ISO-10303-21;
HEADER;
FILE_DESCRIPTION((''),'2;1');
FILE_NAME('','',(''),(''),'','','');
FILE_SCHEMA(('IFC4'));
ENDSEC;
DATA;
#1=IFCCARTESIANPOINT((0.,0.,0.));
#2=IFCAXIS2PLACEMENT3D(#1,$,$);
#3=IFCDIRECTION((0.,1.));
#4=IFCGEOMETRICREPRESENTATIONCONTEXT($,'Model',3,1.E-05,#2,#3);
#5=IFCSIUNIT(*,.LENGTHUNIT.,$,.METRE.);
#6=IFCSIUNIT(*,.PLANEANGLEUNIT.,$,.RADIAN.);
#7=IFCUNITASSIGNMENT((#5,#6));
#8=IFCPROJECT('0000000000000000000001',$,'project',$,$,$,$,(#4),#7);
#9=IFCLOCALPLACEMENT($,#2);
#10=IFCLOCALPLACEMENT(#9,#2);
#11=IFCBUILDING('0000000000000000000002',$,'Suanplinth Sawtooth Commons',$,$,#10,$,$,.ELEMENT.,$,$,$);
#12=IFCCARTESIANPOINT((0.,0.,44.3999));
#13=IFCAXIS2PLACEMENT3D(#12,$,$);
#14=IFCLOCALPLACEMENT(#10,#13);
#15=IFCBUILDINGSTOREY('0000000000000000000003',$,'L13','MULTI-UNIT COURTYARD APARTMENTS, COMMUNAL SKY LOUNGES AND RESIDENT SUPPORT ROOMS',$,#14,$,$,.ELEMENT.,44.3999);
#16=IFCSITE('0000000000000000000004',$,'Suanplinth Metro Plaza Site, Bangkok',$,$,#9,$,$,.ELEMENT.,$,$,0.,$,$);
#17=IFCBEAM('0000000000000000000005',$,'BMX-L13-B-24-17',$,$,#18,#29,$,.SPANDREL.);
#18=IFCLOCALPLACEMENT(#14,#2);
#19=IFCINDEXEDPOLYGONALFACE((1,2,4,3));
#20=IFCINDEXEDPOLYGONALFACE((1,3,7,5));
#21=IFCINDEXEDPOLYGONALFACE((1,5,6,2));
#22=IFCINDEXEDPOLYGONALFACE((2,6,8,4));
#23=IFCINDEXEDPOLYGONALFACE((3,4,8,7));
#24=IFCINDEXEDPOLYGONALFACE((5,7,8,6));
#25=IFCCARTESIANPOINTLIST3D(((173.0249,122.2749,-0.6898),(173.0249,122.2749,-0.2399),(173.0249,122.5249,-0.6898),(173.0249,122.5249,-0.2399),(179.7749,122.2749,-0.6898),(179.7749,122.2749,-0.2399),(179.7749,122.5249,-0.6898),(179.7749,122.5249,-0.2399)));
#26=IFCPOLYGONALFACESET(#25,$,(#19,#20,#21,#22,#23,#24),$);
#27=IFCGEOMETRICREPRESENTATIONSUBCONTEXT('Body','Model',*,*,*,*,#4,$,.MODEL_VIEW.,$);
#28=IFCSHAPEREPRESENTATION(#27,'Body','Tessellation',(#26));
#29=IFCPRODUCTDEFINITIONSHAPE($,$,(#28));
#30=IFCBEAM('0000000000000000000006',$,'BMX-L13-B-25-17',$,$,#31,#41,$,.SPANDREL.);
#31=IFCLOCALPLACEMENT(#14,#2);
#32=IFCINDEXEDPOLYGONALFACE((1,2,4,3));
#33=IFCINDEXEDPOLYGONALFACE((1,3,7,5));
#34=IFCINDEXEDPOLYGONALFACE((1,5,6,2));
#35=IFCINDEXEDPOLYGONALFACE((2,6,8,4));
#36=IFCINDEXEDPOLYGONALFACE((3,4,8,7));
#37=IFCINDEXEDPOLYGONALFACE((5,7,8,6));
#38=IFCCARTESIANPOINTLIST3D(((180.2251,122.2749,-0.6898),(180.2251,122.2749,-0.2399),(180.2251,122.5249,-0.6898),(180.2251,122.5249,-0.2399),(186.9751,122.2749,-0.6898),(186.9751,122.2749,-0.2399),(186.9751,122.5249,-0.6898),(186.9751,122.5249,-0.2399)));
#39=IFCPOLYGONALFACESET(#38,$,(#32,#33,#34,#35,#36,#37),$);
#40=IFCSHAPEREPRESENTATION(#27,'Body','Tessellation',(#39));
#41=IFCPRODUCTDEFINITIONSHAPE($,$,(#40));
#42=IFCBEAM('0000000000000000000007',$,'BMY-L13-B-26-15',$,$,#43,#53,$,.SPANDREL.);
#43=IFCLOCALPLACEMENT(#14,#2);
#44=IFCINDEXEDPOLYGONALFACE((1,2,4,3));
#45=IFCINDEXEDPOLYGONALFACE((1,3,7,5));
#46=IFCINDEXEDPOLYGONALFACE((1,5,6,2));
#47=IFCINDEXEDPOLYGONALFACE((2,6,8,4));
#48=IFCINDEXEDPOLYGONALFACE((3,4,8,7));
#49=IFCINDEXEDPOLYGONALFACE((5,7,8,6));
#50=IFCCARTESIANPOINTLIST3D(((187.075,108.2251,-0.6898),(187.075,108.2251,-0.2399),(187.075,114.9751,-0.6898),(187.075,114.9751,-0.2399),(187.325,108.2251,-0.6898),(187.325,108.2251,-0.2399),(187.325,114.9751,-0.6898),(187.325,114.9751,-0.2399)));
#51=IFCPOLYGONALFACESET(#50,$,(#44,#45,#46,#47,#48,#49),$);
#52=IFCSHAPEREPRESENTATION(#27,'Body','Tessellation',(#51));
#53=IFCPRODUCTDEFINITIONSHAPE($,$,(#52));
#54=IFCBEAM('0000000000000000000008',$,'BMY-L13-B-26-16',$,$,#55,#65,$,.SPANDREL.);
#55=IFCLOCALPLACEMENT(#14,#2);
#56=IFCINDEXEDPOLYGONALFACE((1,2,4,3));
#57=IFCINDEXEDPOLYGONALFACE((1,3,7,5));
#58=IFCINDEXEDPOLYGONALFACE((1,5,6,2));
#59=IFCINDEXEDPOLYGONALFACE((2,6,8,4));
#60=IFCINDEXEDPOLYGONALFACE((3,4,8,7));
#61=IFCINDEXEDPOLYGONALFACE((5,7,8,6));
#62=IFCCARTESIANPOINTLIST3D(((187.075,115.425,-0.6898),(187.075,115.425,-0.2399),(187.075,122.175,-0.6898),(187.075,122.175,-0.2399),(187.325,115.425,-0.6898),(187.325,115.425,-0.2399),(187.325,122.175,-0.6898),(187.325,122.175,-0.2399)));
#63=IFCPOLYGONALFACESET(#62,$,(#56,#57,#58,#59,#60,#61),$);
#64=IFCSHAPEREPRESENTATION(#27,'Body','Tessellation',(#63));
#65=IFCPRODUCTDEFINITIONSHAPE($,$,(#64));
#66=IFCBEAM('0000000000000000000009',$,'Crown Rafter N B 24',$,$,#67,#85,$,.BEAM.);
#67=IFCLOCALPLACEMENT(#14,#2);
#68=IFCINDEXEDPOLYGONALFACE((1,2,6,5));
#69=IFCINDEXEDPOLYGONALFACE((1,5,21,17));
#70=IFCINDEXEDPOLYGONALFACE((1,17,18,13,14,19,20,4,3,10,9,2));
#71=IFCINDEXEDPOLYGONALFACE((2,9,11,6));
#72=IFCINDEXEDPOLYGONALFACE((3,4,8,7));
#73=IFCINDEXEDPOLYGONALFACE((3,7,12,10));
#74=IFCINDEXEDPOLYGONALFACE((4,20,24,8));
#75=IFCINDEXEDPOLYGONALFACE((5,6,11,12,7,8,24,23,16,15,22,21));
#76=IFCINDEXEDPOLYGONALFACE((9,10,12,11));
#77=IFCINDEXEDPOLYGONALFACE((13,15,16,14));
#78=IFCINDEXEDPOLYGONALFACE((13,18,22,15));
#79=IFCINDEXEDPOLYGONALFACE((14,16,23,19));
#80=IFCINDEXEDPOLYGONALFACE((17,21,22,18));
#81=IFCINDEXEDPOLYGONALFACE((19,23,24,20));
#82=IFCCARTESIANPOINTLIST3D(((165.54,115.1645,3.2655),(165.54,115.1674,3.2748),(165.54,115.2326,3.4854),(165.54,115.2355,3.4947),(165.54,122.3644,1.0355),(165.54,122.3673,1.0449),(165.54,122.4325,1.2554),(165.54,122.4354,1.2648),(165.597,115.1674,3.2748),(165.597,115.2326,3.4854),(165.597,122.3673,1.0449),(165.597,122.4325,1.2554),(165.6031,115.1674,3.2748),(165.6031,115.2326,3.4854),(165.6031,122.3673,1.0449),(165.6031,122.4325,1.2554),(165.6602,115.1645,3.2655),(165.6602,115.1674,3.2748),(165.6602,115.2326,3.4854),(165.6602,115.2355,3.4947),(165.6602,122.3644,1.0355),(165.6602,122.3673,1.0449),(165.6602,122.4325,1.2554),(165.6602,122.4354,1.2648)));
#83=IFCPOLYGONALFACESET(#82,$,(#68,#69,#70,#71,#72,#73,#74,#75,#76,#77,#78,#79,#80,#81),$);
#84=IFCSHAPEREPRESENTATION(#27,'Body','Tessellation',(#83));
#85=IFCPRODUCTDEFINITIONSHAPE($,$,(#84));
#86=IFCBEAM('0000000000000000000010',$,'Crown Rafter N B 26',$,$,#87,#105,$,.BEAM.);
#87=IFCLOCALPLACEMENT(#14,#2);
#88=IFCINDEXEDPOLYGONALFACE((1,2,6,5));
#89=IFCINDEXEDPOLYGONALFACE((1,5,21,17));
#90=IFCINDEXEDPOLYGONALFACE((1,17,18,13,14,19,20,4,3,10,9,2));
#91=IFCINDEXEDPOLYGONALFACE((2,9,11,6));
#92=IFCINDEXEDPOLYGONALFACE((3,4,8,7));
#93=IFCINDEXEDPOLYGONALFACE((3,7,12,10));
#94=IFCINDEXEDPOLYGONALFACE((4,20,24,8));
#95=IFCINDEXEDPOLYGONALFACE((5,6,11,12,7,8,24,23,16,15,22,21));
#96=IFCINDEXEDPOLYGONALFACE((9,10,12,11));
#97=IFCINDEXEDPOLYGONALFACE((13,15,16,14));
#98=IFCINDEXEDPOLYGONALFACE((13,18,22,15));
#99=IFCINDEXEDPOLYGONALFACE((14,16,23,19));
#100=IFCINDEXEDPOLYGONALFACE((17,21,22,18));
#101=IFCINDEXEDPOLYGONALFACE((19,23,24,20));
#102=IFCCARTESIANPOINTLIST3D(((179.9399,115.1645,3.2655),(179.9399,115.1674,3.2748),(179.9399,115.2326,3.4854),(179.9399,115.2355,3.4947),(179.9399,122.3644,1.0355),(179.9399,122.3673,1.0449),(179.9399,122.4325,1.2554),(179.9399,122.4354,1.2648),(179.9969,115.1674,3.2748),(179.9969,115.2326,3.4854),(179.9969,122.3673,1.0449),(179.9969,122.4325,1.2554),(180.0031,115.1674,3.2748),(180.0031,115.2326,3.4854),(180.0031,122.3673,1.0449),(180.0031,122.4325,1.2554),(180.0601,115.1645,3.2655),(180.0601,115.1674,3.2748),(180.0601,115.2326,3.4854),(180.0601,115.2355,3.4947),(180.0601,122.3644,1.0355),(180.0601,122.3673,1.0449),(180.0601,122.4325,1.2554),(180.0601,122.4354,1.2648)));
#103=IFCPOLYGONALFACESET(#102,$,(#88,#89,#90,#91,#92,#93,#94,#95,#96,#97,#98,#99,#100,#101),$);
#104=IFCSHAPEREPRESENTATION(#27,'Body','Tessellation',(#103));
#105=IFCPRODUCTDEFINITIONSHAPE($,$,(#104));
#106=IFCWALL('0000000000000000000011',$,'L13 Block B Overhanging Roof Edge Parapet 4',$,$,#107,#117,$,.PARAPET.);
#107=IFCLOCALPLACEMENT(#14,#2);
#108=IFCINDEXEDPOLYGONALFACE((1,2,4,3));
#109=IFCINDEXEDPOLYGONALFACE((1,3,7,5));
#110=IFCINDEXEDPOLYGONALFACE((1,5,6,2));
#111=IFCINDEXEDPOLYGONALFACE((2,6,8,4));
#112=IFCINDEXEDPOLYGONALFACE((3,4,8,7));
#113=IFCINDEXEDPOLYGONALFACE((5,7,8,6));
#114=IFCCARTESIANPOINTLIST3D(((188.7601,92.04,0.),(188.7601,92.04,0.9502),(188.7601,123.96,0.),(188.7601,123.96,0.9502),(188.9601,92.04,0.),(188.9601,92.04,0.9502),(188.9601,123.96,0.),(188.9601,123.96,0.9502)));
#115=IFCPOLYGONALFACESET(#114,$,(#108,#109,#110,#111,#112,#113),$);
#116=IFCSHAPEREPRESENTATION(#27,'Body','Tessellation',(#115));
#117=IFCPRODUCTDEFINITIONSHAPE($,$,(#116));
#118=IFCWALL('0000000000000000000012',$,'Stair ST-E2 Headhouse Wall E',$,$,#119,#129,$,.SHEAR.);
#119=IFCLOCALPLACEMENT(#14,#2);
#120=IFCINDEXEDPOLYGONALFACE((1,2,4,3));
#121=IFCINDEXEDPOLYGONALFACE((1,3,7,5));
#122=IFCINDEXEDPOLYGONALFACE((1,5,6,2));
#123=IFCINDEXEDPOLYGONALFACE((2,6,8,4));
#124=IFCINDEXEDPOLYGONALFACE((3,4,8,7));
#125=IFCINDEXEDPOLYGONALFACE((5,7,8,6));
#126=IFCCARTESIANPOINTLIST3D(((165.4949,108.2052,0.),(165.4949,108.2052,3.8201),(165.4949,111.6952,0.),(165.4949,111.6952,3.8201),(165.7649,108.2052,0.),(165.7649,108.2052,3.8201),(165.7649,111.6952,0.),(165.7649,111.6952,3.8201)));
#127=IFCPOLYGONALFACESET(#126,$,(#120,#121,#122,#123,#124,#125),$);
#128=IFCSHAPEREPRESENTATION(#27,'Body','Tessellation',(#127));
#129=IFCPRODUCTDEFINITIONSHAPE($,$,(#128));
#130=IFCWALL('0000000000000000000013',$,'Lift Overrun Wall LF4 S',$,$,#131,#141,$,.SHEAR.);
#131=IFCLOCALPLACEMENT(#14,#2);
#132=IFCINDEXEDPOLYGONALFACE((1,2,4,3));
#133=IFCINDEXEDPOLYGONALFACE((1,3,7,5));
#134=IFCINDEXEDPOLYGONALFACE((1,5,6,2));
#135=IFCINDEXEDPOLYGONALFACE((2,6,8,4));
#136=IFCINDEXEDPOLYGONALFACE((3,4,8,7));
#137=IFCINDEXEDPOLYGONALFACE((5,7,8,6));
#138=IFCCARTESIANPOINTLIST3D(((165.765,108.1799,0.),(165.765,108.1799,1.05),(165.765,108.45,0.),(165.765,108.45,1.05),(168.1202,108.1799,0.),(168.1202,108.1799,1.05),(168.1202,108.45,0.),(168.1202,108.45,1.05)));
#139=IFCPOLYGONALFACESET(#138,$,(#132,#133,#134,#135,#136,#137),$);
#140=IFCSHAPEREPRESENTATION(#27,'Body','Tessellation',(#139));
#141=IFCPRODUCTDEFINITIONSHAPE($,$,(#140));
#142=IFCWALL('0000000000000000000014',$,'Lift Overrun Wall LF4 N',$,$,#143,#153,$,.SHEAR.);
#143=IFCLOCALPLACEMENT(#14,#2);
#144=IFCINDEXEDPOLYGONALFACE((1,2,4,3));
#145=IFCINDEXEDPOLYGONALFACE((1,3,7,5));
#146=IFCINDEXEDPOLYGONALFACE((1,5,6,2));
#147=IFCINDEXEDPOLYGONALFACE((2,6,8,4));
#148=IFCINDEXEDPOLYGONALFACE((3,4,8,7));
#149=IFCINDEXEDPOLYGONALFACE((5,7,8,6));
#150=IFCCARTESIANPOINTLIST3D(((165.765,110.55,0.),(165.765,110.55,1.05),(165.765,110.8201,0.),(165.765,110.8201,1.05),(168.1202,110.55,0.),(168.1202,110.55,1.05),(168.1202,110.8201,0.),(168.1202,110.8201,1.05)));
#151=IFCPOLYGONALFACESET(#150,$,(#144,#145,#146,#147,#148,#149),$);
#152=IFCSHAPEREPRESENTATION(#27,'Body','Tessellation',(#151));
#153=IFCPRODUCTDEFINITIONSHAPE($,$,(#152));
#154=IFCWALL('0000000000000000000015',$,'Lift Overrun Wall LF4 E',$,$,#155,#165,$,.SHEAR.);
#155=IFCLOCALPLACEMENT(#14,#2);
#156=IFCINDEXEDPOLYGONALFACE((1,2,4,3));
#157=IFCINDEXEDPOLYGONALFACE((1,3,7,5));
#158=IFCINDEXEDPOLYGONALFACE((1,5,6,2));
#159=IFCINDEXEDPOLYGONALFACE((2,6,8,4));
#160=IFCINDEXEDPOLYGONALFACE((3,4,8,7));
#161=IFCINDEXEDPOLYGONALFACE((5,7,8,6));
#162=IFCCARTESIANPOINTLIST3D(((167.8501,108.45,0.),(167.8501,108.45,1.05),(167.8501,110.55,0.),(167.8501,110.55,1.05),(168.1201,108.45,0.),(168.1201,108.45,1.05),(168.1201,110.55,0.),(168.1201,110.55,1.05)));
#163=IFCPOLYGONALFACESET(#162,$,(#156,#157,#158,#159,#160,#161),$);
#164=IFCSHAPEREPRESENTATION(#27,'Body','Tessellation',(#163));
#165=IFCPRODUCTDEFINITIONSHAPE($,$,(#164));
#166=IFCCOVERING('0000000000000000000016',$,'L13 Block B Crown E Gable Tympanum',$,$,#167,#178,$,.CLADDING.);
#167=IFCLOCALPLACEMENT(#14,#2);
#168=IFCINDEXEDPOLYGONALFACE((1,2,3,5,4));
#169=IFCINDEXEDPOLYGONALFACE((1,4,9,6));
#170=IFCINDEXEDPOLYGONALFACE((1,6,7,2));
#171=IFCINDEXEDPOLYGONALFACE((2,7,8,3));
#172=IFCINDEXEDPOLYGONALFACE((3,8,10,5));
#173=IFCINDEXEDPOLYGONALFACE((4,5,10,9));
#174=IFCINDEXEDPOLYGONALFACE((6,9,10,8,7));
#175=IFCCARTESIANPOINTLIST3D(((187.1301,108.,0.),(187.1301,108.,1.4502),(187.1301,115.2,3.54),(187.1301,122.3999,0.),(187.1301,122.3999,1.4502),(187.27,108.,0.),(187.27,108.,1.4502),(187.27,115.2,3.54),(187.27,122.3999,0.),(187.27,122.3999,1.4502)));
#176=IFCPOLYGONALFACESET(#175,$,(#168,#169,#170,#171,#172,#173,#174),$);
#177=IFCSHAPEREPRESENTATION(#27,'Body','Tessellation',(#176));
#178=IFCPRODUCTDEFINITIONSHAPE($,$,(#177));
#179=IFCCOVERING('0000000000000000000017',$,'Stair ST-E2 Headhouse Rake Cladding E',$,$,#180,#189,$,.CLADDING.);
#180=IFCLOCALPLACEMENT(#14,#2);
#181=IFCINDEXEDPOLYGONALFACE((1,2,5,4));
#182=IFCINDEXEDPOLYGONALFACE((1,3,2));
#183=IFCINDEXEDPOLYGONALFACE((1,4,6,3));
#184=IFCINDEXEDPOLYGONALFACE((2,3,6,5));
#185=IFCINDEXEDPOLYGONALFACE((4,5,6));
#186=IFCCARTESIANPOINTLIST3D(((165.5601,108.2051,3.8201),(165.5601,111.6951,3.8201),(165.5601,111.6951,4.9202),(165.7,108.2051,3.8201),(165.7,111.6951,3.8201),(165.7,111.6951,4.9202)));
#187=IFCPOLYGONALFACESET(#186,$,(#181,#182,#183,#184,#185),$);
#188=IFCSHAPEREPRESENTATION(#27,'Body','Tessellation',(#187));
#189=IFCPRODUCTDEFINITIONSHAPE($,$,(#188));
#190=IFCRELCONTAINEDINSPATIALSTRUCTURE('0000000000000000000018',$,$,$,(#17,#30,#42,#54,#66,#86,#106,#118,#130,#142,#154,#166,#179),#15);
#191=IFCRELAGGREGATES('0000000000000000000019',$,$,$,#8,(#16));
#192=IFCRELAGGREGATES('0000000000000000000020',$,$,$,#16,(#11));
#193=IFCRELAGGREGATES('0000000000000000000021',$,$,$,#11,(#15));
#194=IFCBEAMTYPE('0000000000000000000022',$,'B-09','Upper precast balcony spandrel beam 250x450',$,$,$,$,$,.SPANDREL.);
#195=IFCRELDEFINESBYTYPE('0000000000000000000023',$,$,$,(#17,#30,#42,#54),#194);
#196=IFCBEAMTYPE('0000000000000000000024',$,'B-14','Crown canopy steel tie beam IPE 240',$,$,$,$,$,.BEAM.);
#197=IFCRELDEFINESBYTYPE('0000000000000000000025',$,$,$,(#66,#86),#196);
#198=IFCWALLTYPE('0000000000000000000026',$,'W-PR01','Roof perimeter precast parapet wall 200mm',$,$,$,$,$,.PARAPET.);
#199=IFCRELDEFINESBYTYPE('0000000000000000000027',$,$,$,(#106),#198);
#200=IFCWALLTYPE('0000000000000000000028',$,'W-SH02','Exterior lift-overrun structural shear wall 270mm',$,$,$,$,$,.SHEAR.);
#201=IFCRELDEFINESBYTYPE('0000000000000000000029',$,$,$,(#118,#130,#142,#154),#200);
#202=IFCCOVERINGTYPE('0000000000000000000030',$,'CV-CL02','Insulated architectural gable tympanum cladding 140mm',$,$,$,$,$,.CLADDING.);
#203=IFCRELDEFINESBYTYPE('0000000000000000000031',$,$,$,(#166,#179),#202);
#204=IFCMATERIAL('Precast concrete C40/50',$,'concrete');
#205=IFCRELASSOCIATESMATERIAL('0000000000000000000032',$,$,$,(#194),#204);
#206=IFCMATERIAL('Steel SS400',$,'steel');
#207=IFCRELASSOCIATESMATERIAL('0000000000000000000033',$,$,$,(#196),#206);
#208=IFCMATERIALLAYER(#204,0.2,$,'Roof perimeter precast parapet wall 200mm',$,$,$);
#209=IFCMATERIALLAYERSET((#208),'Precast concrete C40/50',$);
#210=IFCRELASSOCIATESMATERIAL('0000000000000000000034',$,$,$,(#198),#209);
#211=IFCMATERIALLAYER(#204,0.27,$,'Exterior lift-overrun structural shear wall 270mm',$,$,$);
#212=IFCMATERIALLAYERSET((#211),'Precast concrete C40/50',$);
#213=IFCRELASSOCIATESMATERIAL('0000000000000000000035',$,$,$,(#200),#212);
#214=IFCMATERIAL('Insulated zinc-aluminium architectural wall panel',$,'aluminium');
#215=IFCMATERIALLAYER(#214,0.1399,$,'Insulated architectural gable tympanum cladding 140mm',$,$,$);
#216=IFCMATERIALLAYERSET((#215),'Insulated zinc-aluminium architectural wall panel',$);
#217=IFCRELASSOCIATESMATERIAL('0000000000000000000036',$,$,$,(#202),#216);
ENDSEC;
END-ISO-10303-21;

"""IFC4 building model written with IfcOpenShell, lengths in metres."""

from ifc_helpers import new_model, si_unit, direction, frame, frame_2d, origin, origin_2d, place, context, subcontext, project, spatial, polyline, rectangle, i_section, outline, extrude, material, layer, layer_set, material_profile, profile_set, type_object, element, save


model = new_model("IFC4")

# Units and contexts
model_context = context("Model", 3, precision=1e-05, world=origin(), true_north=direction((0.0, 1.0)))
body_context = subcontext(model_context, "Body", "Model", "MODEL_VIEW")
ifc_project = project(units=[si_unit("LENGTHUNIT", "METRE"), si_unit("PLANEANGLEUNIT", "RADIAN")], contexts=[model_context])

# Site, building, storey
site_placement = place(None, origin())
site = spatial("IfcSite", under=ifc_project, at=site_placement, Name="Suanplinth Metro Plaza Site, Bangkok", CompositionType="ELEMENT", RefElevation=0.0)
building_placement = place(site_placement, origin())
building = spatial("IfcBuilding", under=site, at=building_placement, Name="Suanplinth Sawtooth Commons", CompositionType="ELEMENT")
storey_placement = place(building_placement, frame((0.0, 0.0, 44.3999)))
storey = spatial("IfcBuildingStorey", under=building, at=storey_placement, Name="L13", Description="MULTI-UNIT COURTYARD APARTMENTS, COMMUNAL SKY LOUNGES AND RESIDENT SUPPORT ROOMS", CompositionType="ELEMENT", Elevation=44.3999)

# Beams
ifc_material_1 = material(Name="Precast concrete C40/50", Category="concrete")
ifc_material_profile_1 = material_profile(ifc_material_1, rectangle(XDim=0.25, YDim=0.45, at=origin_2d()), Name="PC-SP 250x450")
ifc_profile_set_1 = profile_set([ifc_material_profile_1], Name="Precast concrete C40/50")
beam_type_1 = type_object("IfcBeamType", Name="B-09", Description="Upper precast balcony spandrel beam 250x450", PredefinedType="SPANDREL", material=ifc_profile_set_1)
for number, where, z_axis, x_axis, name in (
    (1, (173.0249, 122.3999, -0.4648), (1.0, 0.0, 0.0), (0.0, 1.0, 0.0), "BMX-L13-B-24-17"),
    (2, (180.2251, 122.3999, -0.4648), (1.0, 0.0, 0.0), (0.0, 1.0, 0.0), "BMX-L13-B-25-17"),
    (3, (187.2, 108.2251, -0.4648), (0.0, 1.0, 0.0), (-1.0, 0.0, 0.0), "BMY-L13-B-26-15"),
    (4, (187.2, 115.425, -0.4648), (0.0, 1.0, 0.0), (-1.0, 0.0, 0.0), "BMY-L13-B-26-16"),
):
    element("IfcBeam", number, at=place(storey_placement, frame(where, z_axis=z_axis, x_axis=x_axis)), inside=storey, type_object=beam_type_1, Name=name, PredefinedType="SPANDREL", context=body_context, shape_type="SweptSolid", body=[
        extrude(rectangle(XDim=0.25, YDim=0.45, at=origin_2d()), origin(), (0.0, 0.0, 1.0), 6.75),
    ])
ifc_material_2 = material(Name="Steel SS400", Category="steel")
ifc_material_profile_2 = material_profile(ifc_material_2, i_section(OverallWidth=0.1201, OverallDepth=0.24, WebThickness=0.0061, FlangeThickness=0.0098, at=origin_2d()), Name="IPE 240")
ifc_profile_set_2 = profile_set([ifc_material_profile_2], Name="Steel SS400")
beam_type_2 = type_object("IfcBeamType", Name="B-14", Description="Crown canopy steel tie beam IPE 240", PredefinedType="BEAM", material=ifc_profile_set_2)
for number, where, z_axis, x_axis, name in (
    (5, (165.6001, 122.3999, 1.1501), (0.0, -0.955233, 0.295856), (1.0, 0.0, 0.0), "Crown Rafter N B 24"),
    (6, (180.0, 122.3999, 1.1501), (0.0, -0.955233, 0.295856), (1.0, 0.0, 0.0), "Crown Rafter N B 26"),
):
    element("IfcBeam", number, at=place(storey_placement, frame(where, z_axis=z_axis, x_axis=x_axis)), inside=storey, type_object=beam_type_2, Name=name, PredefinedType="BEAM", context=body_context, shape_type="SweptSolid", body=[
        extrude(i_section(OverallWidth=0.1201, OverallDepth=0.24, WebThickness=0.0061, FlangeThickness=0.0098, at=origin_2d()), origin(), (0.0, 0.0, 1.0), 7.5374),
    ])

# Walls
ifc_layer_1 = layer(ifc_material_1, 0.2, Name="Roof perimeter precast parapet wall 200mm")
ifc_layer_set_1 = layer_set([ifc_layer_1], Name="Precast concrete C40/50")
wall_type_1 = type_object("IfcWallType", Name="W-PR01", Description="Roof perimeter precast parapet wall 200mm", PredefinedType="PARAPET", material=ifc_layer_set_1)
wall_1_placement = place(storey_placement, frame((188.8601, 123.96, 0.0), z_axis=(0.0, 0.0, 1.0), x_axis=(0.0, -1.0, 0.0)))
element("IfcWall", 7, at=wall_1_placement, inside=storey, type_object=wall_type_1, Name="L13 Block B Overhanging Roof Edge Parapet 4", PredefinedType="PARAPET", context=body_context, shape_type="SweptSolid", body=[
    extrude(rectangle(XDim=31.9199, YDim=0.2, at=frame_2d((15.96, 0.0))), origin(), (0.0, 0.0, 1.0), 0.9502),
])
ifc_layer_2 = layer(ifc_material_1, 0.27, Name="Exterior lift-overrun structural shear wall 270mm")
ifc_layer_set_2 = layer_set([ifc_layer_2], Name="Precast concrete C40/50")
wall_type_2 = type_object("IfcWallType", Name="W-SH02", Description="Exterior lift-overrun structural shear wall 270mm", PredefinedType="SHEAR", material=ifc_layer_set_2)
wall_2_placement = place(storey_placement, frame((165.6299, 108.2051, 0.0), z_axis=(0.0, 0.0, 1.0), x_axis=(0.0, 1.0, 0.0)))
element("IfcWall", 8, at=wall_2_placement, inside=storey, type_object=wall_type_2, Name="Stair ST-E2 Headhouse Wall E", PredefinedType="SHEAR", context=body_context, shape_type="SweptSolid", body=[
    extrude(rectangle(XDim=3.49, YDim=0.27, at=frame_2d((1.7451, 0.0))), origin(), (0.0, 0.0, 1.0), 3.8201),
])
for number, where, z_axis, x_axis, name in (
    (9, (165.7649, 108.3149, 0.0), (0.0, 0.0, 1.0), (1.0, 0.0, 0.0), "Lift Overrun Wall LF4 S"),
    (10, (165.7649, 110.6851, 0.0), (0.0, 0.0, 1.0), (1.0, 0.0, 0.0), "Lift Overrun Wall LF4 N"),
):
    element("IfcWall", number, at=place(storey_placement, frame(where, z_axis=z_axis, x_axis=x_axis)), inside=storey, type_object=wall_type_2, Name=name, PredefinedType="SHEAR", context=body_context, shape_type="SweptSolid", body=[
        extrude(rectangle(XDim=2.3552, YDim=0.27, at=frame_2d((1.1777, 0.0))), origin(), (0.0, 0.0, 1.0), 1.05),
    ])
wall_3_placement = place(storey_placement, frame((167.9851, 108.45, 0.0), z_axis=(0.0, 0.0, 1.0), x_axis=(0.0, 1.0, 0.0)))
element("IfcWall", 11, at=wall_3_placement, inside=storey, type_object=wall_type_2, Name="Lift Overrun Wall LF4 E", PredefinedType="SHEAR", context=body_context, shape_type="SweptSolid", body=[
    extrude(rectangle(XDim=2.1001, YDim=0.27, at=frame_2d((1.05, 0.0))), origin(), (0.0, 0.0, 1.0), 1.05),
])

# Coverings
ifc_material_3 = material(Name="Insulated zinc-aluminium architectural wall panel", Category="aluminium")
ifc_layer_3 = layer(ifc_material_3, 0.1399, Name="Insulated architectural gable tympanum cladding 140mm")
ifc_layer_set_3 = layer_set([ifc_layer_3], Name="Insulated zinc-aluminium architectural wall panel")
covering_type = type_object("IfcCoveringType", Name="CV-CL02", Description="Insulated architectural gable tympanum cladding 140mm", PredefinedType="CLADDING", material=ifc_layer_set_3)
covering_1_placement = place(storey_placement, frame((187.2, 108.0, 0.0), z_axis=(0.0, 0.0, 1.0), x_axis=(0.0, 1.0, 0.0)))
element("IfcCovering", 12, at=covering_1_placement, inside=storey, type_object=covering_type, Name="L13 Block B Crown E Gable Tympanum", PredefinedType="CLADDING", context=body_context, shape_type="SweptSolid", body=[
    extrude(outline(polyline([(0.0, 0.0), (14.3999, 0.0), (14.3999, 1.4502), (7.2, 3.54), (0.0, 1.4502), (0.0, 0.0)])), frame((0.0, 0.0698, 0.0), z_axis=(0.0, -1.0, 0.0), x_axis=(1.0, 0.0, 0.0)), (0.0, 0.0, 1.0), 0.1399),
])
covering_2_placement = place(storey_placement, frame((165.6299, 108.2051, 3.8201), z_axis=(0.0, 0.0, 1.0), x_axis=(0.0, 1.0, 0.0)))
element("IfcCovering", 13, at=covering_2_placement, inside=storey, type_object=covering_type, Name="Stair ST-E2 Headhouse Rake Cladding E", PredefinedType="CLADDING", context=body_context, shape_type="SweptSolid", body=[
    extrude(outline(polyline([(0.0, 0.0), (3.49, 0.0), (3.49, 1.1001), (0.0, 0.0), (0.0, 0.0)])), frame((0.0, 0.0698, 0.0), z_axis=(0.0, -1.0, 0.0), x_axis=(1.0, 0.0, 0.0)), (0.0, 0.0, 1.0), 0.1399),
])

save(model, "model.ifc")
